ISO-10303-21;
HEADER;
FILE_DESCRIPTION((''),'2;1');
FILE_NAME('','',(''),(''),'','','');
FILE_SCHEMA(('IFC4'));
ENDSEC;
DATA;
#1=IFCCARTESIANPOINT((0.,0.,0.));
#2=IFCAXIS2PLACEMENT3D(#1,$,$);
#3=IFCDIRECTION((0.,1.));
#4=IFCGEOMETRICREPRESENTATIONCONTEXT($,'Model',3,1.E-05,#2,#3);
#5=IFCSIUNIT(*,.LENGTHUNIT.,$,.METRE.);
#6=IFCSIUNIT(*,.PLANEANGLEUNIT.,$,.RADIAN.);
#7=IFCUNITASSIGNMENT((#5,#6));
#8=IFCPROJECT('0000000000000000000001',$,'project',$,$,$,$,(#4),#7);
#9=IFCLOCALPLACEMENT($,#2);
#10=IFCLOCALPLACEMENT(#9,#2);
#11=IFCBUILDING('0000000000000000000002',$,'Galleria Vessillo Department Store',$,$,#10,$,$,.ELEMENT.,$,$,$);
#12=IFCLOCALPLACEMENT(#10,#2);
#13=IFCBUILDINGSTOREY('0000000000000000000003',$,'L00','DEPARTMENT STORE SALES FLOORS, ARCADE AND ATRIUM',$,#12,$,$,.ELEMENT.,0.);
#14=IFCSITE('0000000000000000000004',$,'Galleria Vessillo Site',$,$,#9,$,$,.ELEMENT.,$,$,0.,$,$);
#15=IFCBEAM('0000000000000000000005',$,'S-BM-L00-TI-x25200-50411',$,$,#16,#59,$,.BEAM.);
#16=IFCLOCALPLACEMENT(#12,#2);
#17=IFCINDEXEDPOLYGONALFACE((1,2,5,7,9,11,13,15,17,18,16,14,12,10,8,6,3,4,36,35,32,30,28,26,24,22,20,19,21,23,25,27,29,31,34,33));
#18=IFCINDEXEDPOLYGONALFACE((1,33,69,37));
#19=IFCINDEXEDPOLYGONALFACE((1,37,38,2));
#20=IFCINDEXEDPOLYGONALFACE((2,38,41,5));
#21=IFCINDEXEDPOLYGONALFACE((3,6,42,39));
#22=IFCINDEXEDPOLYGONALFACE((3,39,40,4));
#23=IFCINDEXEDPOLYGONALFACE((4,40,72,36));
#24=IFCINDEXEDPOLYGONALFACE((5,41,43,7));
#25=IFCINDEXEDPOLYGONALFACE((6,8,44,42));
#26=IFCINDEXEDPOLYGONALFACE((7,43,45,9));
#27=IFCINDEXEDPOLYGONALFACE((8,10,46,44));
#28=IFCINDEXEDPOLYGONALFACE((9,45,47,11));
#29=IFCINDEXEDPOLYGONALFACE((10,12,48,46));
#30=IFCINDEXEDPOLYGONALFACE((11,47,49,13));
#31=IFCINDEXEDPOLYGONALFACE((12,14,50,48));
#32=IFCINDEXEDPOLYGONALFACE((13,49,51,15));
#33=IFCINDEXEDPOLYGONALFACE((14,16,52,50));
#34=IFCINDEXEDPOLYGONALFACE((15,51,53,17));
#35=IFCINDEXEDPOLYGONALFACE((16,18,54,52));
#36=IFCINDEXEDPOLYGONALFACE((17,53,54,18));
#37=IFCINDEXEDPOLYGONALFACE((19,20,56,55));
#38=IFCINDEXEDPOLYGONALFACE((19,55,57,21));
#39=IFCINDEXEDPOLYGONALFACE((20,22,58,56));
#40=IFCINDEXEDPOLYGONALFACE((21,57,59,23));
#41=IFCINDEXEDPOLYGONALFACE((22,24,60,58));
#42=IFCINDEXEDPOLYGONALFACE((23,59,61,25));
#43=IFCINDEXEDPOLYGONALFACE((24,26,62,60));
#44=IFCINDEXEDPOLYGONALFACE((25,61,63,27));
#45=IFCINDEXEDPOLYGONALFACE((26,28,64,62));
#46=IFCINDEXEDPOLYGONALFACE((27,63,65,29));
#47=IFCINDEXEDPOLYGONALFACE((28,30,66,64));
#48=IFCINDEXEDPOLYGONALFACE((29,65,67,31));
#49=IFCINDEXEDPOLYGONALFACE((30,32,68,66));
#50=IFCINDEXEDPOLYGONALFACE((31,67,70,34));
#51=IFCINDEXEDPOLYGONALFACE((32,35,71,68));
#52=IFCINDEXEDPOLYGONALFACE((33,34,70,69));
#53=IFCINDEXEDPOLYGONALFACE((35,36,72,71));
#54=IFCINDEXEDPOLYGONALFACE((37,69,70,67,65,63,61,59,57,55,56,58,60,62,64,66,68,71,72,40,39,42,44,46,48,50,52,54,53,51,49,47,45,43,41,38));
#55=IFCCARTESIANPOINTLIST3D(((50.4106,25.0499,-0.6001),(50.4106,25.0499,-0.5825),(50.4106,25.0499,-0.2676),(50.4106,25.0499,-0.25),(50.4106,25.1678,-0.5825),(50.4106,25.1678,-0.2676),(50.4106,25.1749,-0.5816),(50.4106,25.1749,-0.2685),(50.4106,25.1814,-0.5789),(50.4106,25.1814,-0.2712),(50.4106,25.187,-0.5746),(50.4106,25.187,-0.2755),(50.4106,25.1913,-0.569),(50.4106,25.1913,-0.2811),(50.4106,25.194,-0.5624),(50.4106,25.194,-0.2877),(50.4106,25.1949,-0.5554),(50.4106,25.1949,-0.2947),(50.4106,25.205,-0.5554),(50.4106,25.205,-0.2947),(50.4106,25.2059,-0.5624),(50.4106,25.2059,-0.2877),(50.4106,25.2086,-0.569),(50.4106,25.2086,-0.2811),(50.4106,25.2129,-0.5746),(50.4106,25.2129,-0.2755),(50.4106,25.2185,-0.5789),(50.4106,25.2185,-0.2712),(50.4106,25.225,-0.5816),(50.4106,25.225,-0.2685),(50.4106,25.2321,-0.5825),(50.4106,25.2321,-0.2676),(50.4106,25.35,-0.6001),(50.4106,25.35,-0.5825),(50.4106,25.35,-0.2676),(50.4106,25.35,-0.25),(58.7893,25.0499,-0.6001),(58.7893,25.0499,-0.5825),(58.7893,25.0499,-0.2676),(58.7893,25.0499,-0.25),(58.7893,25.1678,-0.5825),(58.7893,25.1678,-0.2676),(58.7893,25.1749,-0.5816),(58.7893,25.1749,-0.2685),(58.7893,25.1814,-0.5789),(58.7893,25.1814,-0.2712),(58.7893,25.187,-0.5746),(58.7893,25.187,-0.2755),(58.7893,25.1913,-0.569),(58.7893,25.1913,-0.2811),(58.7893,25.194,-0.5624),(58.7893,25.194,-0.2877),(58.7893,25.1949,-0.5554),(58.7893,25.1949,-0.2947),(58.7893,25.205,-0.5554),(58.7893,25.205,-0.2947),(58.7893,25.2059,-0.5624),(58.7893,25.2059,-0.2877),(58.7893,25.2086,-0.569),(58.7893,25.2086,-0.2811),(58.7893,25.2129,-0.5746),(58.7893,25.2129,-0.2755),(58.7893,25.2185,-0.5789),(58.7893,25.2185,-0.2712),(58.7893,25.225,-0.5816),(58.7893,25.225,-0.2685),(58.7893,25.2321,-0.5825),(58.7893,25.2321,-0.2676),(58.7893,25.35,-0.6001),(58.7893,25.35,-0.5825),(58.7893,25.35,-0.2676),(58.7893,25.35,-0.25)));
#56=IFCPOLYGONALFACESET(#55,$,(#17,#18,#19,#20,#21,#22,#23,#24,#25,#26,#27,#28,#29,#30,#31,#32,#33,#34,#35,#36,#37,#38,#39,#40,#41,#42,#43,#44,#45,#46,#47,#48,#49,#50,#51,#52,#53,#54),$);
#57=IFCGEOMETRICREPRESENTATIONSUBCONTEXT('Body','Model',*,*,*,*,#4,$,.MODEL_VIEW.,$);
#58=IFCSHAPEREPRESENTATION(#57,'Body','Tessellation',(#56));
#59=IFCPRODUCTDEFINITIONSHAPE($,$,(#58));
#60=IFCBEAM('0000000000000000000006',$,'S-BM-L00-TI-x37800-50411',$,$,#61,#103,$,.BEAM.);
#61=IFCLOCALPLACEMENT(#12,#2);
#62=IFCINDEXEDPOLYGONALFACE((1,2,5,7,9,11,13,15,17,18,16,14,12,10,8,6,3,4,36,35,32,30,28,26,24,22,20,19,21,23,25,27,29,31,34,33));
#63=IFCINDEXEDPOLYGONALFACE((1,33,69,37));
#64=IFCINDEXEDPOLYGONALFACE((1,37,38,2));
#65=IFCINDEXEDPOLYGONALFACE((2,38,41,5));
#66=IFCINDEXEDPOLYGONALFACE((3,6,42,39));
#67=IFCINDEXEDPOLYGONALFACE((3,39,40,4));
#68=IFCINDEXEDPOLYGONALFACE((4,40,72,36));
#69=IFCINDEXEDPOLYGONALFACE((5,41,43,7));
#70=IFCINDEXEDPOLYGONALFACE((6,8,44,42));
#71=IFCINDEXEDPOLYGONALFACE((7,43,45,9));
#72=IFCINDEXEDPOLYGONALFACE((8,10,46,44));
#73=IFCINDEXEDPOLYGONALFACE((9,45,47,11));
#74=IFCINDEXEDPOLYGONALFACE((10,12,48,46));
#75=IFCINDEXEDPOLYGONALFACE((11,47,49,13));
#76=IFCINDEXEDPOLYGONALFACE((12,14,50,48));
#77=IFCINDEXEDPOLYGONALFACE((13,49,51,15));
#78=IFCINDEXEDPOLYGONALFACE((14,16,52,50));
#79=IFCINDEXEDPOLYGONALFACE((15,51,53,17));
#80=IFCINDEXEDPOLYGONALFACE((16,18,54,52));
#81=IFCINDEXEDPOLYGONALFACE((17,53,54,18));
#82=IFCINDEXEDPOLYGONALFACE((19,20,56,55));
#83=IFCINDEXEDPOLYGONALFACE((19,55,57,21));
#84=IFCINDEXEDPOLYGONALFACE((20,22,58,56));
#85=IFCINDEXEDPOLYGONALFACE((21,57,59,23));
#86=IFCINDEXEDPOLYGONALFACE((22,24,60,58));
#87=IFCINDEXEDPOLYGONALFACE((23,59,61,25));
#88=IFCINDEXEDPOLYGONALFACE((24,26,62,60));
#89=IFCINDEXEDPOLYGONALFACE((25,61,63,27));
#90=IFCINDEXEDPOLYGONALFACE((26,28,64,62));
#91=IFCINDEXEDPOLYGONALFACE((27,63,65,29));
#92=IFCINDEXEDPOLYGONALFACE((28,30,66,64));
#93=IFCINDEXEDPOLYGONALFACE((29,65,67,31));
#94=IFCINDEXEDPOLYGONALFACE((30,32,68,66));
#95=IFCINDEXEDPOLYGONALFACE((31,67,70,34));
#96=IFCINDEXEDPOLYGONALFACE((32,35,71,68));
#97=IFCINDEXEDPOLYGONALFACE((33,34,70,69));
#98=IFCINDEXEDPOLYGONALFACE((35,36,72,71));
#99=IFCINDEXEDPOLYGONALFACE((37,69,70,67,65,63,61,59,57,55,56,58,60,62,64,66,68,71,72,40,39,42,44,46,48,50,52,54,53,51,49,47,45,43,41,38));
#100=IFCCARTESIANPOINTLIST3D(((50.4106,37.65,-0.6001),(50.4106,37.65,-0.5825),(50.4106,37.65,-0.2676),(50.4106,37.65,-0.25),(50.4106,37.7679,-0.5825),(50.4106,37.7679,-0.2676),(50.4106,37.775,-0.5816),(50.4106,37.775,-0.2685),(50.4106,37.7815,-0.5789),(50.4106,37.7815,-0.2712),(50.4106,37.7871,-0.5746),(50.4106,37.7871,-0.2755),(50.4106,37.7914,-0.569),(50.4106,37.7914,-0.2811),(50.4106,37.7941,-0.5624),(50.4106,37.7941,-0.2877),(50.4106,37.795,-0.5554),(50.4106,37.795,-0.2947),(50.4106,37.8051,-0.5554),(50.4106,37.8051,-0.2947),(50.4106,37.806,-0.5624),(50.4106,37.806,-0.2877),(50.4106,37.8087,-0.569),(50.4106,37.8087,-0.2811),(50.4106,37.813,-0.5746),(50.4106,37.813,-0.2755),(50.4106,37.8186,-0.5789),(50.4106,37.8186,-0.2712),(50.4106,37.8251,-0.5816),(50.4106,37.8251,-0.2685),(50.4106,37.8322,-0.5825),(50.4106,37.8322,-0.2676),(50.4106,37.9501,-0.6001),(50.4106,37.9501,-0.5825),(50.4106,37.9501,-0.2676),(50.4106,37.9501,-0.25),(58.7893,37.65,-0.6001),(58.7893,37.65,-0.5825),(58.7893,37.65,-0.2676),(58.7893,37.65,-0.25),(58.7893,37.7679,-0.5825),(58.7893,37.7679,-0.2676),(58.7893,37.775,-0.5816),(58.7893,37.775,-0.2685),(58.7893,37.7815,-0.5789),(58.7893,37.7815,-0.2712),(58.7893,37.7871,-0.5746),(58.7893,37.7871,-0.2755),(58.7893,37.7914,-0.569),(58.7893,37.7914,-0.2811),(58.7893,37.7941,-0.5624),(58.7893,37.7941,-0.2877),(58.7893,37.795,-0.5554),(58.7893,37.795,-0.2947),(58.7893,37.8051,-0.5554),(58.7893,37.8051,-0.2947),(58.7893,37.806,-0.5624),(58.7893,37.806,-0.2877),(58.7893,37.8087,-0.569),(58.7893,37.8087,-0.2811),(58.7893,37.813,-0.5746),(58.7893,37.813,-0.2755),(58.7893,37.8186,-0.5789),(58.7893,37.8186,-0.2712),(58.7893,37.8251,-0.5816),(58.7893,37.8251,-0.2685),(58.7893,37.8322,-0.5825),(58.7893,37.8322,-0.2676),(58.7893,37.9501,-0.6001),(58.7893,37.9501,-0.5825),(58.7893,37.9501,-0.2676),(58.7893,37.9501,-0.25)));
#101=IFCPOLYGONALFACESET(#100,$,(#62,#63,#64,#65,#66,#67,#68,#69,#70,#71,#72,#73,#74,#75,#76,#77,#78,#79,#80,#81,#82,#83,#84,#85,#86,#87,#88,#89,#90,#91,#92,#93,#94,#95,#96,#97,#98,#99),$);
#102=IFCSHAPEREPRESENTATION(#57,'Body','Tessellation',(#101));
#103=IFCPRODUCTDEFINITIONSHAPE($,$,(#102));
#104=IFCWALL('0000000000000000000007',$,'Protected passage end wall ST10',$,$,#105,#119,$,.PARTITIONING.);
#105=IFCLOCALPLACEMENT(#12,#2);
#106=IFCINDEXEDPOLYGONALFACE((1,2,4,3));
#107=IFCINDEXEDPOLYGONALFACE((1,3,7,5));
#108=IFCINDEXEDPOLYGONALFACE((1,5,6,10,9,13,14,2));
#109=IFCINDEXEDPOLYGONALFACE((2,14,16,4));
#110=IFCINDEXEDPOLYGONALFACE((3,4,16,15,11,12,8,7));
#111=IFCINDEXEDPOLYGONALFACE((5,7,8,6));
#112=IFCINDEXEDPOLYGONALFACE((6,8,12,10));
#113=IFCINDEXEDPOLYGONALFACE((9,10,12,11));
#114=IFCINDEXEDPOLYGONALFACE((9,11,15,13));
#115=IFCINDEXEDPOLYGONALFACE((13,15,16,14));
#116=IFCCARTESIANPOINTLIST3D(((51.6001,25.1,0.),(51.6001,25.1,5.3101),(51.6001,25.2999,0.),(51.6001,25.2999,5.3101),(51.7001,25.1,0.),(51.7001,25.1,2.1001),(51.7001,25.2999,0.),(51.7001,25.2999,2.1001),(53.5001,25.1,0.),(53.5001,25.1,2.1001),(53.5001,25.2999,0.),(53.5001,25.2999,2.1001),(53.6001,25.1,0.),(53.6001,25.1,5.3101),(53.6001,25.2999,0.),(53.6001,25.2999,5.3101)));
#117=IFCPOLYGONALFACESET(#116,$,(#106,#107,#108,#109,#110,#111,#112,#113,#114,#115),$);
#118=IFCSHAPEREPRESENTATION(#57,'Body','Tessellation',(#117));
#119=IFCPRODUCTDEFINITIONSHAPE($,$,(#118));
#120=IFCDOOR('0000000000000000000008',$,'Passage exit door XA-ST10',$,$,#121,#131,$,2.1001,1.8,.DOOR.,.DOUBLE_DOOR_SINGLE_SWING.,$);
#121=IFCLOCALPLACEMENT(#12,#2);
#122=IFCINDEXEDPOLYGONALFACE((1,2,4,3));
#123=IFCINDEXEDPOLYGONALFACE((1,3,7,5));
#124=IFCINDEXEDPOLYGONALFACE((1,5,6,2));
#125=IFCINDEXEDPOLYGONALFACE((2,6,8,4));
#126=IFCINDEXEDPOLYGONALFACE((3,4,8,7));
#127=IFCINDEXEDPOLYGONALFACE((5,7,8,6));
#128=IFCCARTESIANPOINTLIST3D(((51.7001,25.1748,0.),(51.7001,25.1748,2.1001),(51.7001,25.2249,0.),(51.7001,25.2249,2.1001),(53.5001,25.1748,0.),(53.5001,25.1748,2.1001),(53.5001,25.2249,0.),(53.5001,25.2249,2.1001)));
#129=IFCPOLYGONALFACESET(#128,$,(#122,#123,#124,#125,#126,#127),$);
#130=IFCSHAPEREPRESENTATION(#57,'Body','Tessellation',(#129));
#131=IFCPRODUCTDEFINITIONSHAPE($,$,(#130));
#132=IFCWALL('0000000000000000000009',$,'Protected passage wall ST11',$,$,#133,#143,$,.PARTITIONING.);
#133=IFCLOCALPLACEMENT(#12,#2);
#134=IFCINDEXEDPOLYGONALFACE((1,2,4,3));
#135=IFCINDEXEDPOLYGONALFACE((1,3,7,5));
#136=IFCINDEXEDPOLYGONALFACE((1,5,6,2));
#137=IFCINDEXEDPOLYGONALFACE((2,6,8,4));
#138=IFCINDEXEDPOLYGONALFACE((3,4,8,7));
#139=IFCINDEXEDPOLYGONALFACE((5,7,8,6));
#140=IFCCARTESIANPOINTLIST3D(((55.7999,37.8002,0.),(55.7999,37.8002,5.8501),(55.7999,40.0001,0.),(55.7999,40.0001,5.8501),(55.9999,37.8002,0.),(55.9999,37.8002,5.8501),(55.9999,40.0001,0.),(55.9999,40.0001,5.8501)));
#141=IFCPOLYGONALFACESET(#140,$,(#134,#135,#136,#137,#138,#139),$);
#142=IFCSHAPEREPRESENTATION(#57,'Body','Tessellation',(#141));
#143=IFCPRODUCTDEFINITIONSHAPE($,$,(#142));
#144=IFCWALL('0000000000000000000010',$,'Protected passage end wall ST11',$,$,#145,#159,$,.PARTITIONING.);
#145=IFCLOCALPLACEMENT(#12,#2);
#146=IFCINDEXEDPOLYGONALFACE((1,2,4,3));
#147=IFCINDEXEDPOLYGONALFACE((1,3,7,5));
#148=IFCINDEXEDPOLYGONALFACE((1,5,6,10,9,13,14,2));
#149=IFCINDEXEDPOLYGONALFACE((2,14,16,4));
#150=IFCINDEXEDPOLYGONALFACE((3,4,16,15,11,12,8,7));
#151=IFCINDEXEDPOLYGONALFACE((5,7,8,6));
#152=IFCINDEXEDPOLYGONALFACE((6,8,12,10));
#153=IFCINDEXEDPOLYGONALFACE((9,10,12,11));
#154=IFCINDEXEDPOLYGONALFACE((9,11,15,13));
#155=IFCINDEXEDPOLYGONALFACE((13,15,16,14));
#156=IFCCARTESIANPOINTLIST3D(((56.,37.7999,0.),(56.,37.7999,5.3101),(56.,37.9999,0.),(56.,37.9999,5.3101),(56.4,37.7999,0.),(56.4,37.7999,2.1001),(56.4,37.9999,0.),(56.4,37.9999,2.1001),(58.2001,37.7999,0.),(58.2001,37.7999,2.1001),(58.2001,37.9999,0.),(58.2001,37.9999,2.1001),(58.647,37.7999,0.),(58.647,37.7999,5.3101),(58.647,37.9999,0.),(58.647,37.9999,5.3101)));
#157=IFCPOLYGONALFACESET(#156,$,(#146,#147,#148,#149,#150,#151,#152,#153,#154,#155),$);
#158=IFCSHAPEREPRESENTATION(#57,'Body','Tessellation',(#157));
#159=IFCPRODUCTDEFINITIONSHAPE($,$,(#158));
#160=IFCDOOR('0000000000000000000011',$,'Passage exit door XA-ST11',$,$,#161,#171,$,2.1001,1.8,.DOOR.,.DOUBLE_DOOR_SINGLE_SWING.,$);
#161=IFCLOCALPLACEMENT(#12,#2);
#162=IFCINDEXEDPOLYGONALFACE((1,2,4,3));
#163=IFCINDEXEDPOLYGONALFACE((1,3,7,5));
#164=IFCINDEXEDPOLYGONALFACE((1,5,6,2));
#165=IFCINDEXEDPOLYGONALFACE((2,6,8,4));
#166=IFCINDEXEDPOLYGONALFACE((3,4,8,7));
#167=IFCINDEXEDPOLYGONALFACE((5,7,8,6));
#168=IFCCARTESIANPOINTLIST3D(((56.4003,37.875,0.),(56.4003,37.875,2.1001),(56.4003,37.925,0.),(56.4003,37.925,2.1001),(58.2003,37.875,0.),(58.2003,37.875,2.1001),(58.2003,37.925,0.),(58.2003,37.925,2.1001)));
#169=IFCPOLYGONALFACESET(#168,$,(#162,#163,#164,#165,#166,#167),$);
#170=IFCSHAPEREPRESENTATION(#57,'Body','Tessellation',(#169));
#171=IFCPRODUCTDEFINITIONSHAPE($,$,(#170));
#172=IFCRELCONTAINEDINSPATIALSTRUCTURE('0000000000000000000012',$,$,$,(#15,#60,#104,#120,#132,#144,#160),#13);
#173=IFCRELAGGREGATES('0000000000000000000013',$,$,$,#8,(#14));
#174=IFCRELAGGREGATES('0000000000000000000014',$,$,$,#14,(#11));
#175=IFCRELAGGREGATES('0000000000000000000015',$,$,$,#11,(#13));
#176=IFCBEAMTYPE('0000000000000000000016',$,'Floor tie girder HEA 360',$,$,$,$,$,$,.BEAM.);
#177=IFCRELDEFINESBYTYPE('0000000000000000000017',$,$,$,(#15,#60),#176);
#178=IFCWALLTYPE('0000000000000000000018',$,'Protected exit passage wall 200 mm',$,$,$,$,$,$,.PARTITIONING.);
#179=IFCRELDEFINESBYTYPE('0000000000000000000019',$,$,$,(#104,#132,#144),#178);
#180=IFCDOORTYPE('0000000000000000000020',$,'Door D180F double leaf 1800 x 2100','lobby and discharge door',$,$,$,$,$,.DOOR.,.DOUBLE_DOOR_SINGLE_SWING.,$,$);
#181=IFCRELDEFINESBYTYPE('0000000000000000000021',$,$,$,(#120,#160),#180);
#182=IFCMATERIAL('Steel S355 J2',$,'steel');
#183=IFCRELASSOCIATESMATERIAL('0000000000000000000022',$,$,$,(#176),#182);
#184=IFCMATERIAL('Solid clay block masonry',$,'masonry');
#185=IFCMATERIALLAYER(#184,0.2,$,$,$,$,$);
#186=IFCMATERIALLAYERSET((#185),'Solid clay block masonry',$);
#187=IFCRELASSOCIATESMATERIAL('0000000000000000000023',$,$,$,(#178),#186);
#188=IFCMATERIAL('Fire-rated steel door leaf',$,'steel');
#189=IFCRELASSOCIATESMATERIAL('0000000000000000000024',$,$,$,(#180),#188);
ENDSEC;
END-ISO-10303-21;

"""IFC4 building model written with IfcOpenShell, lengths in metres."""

from ifc_helpers import new_model, si_unit, direction, frame, frame_2d, origin, origin_2d, place, context, subcontext, project, spatial, rectangle, i_section, extrude, material, layer, layer_set, material_profile, profile_set, type_object, element, fill, save


model = new_model("IFC4")

# Units and contexts
model_context = context("Model", 3, precision=1e-05, world=origin(), true_north=direction((0.0, 1.0)))
body_context = subcontext(model_context, "Body", "Model", "MODEL_VIEW")
ifc_project = project(units=[si_unit("LENGTHUNIT", "METRE"), si_unit("PLANEANGLEUNIT", "RADIAN")], contexts=[model_context])

# Site, building, storey
site_placement = place(None, origin())
site = spatial("IfcSite", under=ifc_project, at=site_placement, Name="Galleria Vessillo Site", CompositionType="ELEMENT", RefElevation=0.0)
building_placement = place(site_placement, origin())
building = spatial("IfcBuilding", under=site, at=building_placement, Name="Galleria Vessillo Department Store", CompositionType="ELEMENT")
storey_placement = place(building_placement, origin())
storey = spatial("IfcBuildingStorey", under=building, at=storey_placement, Name="L00", Description="DEPARTMENT STORE SALES FLOORS, ARCADE AND ATRIUM", CompositionType="ELEMENT", Elevation=0.0)

# Beams
ifc_material_1 = material(Name="Steel S355 J2", Category="steel")
ifc_material_profile_1 = material_profile(ifc_material_1, i_section(OverallWidth=0.3, OverallDepth=0.3501, WebThickness=0.01, FlangeThickness=0.0176, FilletRadius=0.0271, at=origin_2d()), Name="HEA 360")
ifc_profile_set_1 = profile_set([ifc_material_profile_1], Name="Steel S355 J2")
beam_type_1 = type_object("IfcBeamType", Name="Floor tie girder HEA 360", PredefinedType="BEAM", material=ifc_profile_set_1)
for number, where, z_axis, x_axis, name in (
    (1, (50.4106, 25.2, -0.425), (1.0, 0.0, 0.0), (0.0, 1.0, 0.0), "S-BM-L00-TI-x25200-50411"),
    (2, (50.4106, 37.8, -0.425), (1.0, 0.0, 0.0), (0.0, 1.0, 0.0), "S-BM-L00-TI-x37800-50411"),
):
    element("IfcBeam", number, at=place(storey_placement, frame(where, z_axis=z_axis, x_axis=x_axis)), inside=storey, type_object=beam_type_1, Name=name, PredefinedType="BEAM", context=body_context, shape_type="SweptSolid", body=[
        extrude(i_section(OverallWidth=0.3, OverallDepth=0.3501, WebThickness=0.01, FlangeThickness=0.0176, FilletRadius=0.0271, at=origin_2d()), origin(), (0.0, 0.0, 1.0), 8.3787),
    ])

# Wall, opening, door
ifc_material_2 = material(Name="Solid clay block masonry", Category="masonry")
ifc_layer = layer(ifc_material_2, 0.2)
ifc_layer_set = layer_set([ifc_layer], Name="Solid clay block masonry")
wall_type = type_object("IfcWallType", Name="Protected exit passage wall 200 mm", PredefinedType="PARTITIONING", material=ifc_layer_set)
wall_1_placement = place(storey_placement, frame((51.6001, 25.2, 0.0), z_axis=(0.0, 0.0, 1.0), x_axis=(1.0, 0.0, 0.0)))
wall_1 = element("IfcWall", 3, at=wall_1_placement, inside=storey, type_object=wall_type, Name="Protected passage end wall ST10", PredefinedType="PARTITIONING", context=body_context, shape_type="SweptSolid", body=[
    extrude(rectangle(XDim=2.0, YDim=0.2, at=frame_2d((1.0, 0.0))), origin(), (0.0, 0.0, 1.0), 5.3101),
])
opening_1_placement = place(wall_1_placement, frame((0.1001, 0.0, 0.0)))
opening_1 = element("IfcOpeningElement", 4, at=opening_1_placement, cuts=wall_1, PredefinedType="OPENING", context=body_context, shape_type="SweptSolid", body=[
    extrude(rectangle(XDim=1.8, YDim=2.1001, at=frame_2d((0.8999, 1.05))), frame((0.0, 0.1099, 0.0), z_axis=(0.0, -1.0, 0.0), x_axis=(1.0, 0.0, 0.0)), (0.0, 0.0, 1.0), 0.22),
])
ifc_material_3 = material(Name="Fire-rated steel door leaf", Category="steel")
door_type = type_object("IfcDoorType", Name="Door D180F double leaf 1800 x 2100", Description="lobby and discharge door", OperationType="DOUBLE_DOOR_SINGLE_SWING", PredefinedType="DOOR", material=ifc_material_3)
door_1_placement = place(opening_1_placement, origin())
door_1 = element("IfcDoor", 5, at=door_1_placement, inside=storey, type_object=door_type, Name="Passage exit door XA-ST10", OperationType="DOUBLE_DOOR_SINGLE_SWING", OverallHeight=2.1001, OverallWidth=1.8, PredefinedType="DOOR", context=body_context, shape_type="SweptSolid", body=[
    extrude(rectangle(XDim=1.8, YDim=2.1001, at=frame_2d((0.8999, 1.05))), frame((0.0, 0.0249, 0.0), z_axis=(0.0, -1.0, 0.0), x_axis=(1.0, 0.0, 0.0)), (0.0, 0.0, 1.0), 0.05),
])
fill(opening_1, door_1)

# Wall
wall_2_placement = place(storey_placement, frame((55.8999, 37.8, 0.0), z_axis=(0.0, 0.0, 1.0), x_axis=(0.0, 1.0, 0.0)))
element("IfcWall", 6, at=wall_2_placement, inside=storey, type_object=wall_type, Name="Protected passage wall ST11", PredefinedType="PARTITIONING", context=body_context, shape_type="SweptSolid", body=[
    extrude(rectangle(XDim=2.2, YDim=0.2, at=frame_2d((1.1001, 0.0))), origin(), (0.0, 0.0, 1.0), 5.8501),
])

# Wall, opening, door
wall_3_placement = place(storey_placement, frame((56.0, 37.8999, 0.0), z_axis=(0.0, 0.0, 1.0), x_axis=(1.0, 0.0, 0.0)))
wall_3 = element("IfcWall", 7, at=wall_3_placement, inside=storey, type_object=wall_type, Name="Protected passage end wall ST11", PredefinedType="PARTITIONING", context=body_context, shape_type="SweptSolid", body=[
    extrude(rectangle(XDim=2.647, YDim=0.2, at=frame_2d((1.3235, 0.0))), origin(), (0.0, 0.0, 1.0), 5.3101),
])
opening_2_placement = place(wall_3_placement, frame((0.4001, 0.0, 0.0)))
opening_2 = element("IfcOpeningElement", 8, at=opening_2_placement, cuts=wall_3, PredefinedType="OPENING", context=body_context, shape_type="SweptSolid", body=[
    extrude(rectangle(XDim=1.8, YDim=2.1001, at=frame_2d((0.8999, 1.05))), frame((0.0, 0.1099, 0.0), z_axis=(0.0, -1.0, 0.0), x_axis=(1.0, 0.0, 0.0)), (0.0, 0.0, 1.0), 0.22),
])
door_2_placement = place(opening_2_placement, frame((1.8, 0.0, 0.0), z_axis=(0.0, 0.0, 1.0), x_axis=(-1.0, 0.0, 0.0)))
door_2 = element("IfcDoor", 9, at=door_2_placement, inside=storey, type_object=door_type, Name="Passage exit door XA-ST11", OperationType="DOUBLE_DOOR_SINGLE_SWING", OverallHeight=2.1001, OverallWidth=1.8, PredefinedType="DOOR", context=body_context, shape_type="SweptSolid", body=[
    extrude(rectangle(XDim=1.8, YDim=2.1001, at=frame_2d((0.8999, 1.05))), frame((0.0, 0.0249, 0.0), z_axis=(0.0, -1.0, 0.0), x_axis=(1.0, 0.0, 0.0)), (0.0, 0.0, 1.0), 0.05),
])
fill(opening_2, door_2)

save(model, "model.ifc")
